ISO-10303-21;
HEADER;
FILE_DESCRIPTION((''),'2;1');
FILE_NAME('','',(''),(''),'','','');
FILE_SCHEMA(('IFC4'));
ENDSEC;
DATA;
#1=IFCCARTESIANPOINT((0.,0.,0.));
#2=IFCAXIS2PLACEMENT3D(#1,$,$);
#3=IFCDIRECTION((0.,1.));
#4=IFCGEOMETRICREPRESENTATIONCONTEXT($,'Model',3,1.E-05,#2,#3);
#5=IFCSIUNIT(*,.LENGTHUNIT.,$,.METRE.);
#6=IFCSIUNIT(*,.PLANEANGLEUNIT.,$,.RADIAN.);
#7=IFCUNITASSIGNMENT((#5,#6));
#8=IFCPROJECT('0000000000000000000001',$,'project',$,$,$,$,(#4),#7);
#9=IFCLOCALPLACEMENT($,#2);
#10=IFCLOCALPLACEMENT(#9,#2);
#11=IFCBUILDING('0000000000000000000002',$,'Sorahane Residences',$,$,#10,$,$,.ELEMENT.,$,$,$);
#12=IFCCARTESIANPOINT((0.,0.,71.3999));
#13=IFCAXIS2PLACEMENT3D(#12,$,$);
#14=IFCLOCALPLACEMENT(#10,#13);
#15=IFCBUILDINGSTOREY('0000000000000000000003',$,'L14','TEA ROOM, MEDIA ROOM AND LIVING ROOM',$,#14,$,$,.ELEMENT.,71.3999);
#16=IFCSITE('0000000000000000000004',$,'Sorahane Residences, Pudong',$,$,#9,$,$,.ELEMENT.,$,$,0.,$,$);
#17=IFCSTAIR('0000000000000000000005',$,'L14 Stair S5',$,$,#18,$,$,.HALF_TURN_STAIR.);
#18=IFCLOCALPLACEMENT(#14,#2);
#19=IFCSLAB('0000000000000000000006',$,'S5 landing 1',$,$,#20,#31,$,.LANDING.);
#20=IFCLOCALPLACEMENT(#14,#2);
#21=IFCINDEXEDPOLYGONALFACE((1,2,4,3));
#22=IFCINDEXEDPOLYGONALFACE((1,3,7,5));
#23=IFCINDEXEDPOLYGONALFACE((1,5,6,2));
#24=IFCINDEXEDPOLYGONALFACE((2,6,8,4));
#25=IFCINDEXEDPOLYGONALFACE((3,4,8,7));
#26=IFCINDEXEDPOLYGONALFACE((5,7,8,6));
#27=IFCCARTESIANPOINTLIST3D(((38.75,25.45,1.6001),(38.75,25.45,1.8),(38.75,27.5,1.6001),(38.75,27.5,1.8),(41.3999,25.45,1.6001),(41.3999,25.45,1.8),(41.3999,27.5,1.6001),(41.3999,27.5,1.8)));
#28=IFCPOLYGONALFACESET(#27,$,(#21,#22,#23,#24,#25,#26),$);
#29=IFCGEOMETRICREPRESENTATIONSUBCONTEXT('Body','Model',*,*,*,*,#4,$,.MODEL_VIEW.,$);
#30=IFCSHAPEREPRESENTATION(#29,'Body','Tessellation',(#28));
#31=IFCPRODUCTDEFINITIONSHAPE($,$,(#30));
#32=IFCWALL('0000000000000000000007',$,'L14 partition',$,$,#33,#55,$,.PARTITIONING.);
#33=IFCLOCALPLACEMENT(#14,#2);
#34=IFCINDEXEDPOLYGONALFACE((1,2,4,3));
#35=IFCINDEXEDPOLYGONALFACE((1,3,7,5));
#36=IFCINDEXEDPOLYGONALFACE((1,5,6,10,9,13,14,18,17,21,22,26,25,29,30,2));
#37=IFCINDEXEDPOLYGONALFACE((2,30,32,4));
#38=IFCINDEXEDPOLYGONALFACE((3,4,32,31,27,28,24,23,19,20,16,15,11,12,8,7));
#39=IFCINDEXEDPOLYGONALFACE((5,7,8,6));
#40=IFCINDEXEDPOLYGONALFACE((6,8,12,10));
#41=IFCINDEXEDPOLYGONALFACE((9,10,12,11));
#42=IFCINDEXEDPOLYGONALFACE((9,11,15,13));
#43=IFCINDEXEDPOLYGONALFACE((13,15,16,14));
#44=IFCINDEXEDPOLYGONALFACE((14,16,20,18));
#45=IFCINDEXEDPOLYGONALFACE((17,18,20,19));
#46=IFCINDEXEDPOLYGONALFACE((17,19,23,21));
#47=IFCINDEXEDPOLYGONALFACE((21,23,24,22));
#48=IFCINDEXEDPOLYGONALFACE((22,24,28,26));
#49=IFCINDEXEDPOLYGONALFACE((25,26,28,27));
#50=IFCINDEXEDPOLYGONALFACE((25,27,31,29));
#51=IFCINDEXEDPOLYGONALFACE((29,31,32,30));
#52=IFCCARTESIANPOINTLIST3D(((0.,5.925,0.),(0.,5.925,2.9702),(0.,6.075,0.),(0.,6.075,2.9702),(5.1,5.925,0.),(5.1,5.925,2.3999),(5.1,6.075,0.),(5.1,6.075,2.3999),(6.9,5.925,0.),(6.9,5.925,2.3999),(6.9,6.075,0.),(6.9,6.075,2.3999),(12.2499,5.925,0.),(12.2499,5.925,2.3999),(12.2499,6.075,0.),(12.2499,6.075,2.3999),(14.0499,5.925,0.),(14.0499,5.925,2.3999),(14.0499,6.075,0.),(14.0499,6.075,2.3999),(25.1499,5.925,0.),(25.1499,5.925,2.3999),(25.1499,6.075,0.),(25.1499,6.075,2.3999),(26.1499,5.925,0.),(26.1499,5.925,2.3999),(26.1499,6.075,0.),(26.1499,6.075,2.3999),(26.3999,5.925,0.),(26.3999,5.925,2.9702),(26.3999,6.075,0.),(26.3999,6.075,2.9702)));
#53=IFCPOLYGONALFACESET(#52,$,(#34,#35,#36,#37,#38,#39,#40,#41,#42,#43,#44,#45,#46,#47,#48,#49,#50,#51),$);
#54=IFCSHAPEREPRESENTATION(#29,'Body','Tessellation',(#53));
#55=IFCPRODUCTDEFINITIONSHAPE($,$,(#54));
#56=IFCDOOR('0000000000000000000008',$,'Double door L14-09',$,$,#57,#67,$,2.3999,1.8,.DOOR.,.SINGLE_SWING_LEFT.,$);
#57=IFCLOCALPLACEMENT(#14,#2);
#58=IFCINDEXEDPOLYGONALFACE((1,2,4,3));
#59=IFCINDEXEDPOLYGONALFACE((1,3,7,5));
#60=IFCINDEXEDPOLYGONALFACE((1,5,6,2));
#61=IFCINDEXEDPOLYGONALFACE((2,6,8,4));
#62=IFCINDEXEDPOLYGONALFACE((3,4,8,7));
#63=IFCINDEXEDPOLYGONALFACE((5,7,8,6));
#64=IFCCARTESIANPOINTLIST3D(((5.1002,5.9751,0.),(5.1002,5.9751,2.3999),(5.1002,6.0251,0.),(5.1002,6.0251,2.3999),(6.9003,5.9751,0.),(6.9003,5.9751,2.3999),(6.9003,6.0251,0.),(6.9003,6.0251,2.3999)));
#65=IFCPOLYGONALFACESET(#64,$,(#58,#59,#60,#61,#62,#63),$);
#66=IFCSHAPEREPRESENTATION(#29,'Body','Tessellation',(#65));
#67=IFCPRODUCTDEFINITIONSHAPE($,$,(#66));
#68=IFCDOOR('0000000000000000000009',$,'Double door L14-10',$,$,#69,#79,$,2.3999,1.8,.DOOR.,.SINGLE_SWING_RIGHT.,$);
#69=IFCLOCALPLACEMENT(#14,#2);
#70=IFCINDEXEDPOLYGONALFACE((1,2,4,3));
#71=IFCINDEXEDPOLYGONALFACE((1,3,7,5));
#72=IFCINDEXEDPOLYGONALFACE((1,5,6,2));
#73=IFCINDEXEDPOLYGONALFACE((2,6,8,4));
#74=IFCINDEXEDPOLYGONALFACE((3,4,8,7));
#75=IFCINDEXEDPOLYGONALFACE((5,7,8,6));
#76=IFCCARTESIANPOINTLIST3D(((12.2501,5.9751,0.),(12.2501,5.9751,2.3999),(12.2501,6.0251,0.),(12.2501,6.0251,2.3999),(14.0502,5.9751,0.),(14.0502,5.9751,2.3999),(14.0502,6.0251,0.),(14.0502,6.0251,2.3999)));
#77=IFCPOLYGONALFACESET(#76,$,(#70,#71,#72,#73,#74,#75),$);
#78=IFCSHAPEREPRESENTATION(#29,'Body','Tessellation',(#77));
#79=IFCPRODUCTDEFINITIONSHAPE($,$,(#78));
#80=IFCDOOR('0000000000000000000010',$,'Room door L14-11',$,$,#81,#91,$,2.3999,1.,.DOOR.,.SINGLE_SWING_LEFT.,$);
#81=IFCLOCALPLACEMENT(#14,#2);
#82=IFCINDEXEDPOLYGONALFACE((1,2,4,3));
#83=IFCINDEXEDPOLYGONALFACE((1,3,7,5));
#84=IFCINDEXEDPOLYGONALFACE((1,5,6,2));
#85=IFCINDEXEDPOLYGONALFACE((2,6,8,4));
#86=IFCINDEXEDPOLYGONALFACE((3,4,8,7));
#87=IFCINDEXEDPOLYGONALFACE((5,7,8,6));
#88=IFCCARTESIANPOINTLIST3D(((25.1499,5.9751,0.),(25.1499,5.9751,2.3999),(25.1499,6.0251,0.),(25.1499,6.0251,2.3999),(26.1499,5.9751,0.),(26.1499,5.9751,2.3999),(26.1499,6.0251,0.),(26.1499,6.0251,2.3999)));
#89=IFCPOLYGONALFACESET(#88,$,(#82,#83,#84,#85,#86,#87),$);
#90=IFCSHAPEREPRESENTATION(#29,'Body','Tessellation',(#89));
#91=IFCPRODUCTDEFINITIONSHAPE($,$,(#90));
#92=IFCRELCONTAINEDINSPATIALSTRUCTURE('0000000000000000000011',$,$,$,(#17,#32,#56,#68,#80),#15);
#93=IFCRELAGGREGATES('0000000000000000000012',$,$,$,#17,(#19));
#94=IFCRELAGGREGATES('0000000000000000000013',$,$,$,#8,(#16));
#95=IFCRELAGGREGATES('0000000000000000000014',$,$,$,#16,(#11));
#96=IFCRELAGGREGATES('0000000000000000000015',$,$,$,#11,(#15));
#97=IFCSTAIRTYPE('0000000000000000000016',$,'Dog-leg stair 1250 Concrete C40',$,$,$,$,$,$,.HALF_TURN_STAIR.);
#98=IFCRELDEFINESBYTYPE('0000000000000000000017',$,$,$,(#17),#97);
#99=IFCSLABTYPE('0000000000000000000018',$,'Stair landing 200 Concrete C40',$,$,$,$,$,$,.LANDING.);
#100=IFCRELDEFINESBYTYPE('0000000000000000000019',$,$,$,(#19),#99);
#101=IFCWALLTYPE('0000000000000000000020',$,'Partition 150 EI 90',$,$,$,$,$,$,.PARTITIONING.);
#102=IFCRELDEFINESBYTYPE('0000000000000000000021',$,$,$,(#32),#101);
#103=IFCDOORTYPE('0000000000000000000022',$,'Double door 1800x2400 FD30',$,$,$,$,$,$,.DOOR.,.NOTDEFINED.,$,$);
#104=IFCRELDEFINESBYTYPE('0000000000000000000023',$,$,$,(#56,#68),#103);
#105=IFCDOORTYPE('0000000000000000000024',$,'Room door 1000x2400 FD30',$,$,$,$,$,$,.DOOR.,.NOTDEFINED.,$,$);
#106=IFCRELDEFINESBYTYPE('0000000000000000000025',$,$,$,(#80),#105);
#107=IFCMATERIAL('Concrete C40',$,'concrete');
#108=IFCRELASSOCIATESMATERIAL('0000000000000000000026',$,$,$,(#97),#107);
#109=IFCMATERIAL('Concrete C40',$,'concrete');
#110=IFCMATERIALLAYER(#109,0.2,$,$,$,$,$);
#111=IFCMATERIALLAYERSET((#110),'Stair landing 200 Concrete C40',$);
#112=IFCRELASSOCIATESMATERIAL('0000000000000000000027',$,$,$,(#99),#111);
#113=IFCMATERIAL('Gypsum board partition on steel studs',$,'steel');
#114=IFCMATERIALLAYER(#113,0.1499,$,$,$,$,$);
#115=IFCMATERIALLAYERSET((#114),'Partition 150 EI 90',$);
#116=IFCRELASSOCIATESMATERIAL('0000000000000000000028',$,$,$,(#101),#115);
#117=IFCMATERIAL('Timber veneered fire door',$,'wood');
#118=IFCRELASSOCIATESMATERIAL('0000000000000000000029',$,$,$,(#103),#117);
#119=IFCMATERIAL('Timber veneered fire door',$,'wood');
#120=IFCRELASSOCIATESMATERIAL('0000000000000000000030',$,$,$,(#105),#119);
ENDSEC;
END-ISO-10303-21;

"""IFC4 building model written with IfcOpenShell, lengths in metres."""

from ifc_helpers import new_model, si_unit, direction, frame, frame_2d, origin, place, context, subcontext, project, spatial, polyline, rectangle, outline, extrude, material, layer, layer_set, type_object, element, fill, aggregate, save


model = new_model("IFC4")

# Units and contexts
model_context = context("Model", 3, precision=1e-05, world=origin(), true_north=direction((0.0, 1.0)))
body_context = subcontext(model_context, "Body", "Model", "MODEL_VIEW")
ifc_project = project(units=[si_unit("LENGTHUNIT", "METRE"), si_unit("PLANEANGLEUNIT", "RADIAN")], contexts=[model_context])

# Site, building, storey
site_placement = place(None, origin())
site = spatial("IfcSite", under=ifc_project, at=site_placement, Name="Sorahane Residences, Pudong", CompositionType="ELEMENT", RefElevation=0.0)
building_placement = place(site_placement, origin())
building = spatial("IfcBuilding", under=site, at=building_placement, Name="Sorahane Residences", CompositionType="ELEMENT")
storey_placement = place(building_placement, frame((0.0, 0.0, 71.3999)))
storey = spatial("IfcBuildingStorey", under=building, at=storey_placement, Name="L14", Description="TEA ROOM, MEDIA ROOM AND LIVING ROOM", CompositionType="ELEMENT", Elevation=71.3999)

# Stair, slab
ifc_material_1 = material(Name="Concrete C40", Category="concrete")
stair_type = type_object("IfcStairType", Name="Dog-leg stair 1250 Concrete C40", PredefinedType="HALF_TURN_STAIR", material=ifc_material_1)
ifc_material_2 = material(Name="Concrete C40", Category="concrete")
ifc_layer_1 = layer(ifc_material_2, 0.2)
ifc_layer_set_1 = layer_set([ifc_layer_1], Name="Stair landing 200 Concrete C40")
slab_type_1 = type_object("IfcSlabType", Name="Stair landing 200 Concrete C40", PredefinedType="LANDING", material=ifc_layer_set_1)
stair_1_placement = place(storey_placement, origin())
stair_1 = element("IfcStair", 1, at=stair_1_placement, inside=storey, type_object=stair_type, Name="L14 Stair S5", PredefinedType="HALF_TURN_STAIR")
slab_1_placement = place(storey_placement, frame((0.0, 0.0, 1.6001)))
slab_1 = element("IfcSlab", 2, at=slab_1_placement, type_object=slab_type_1, Name="S5 landing 1", PredefinedType="LANDING", context=body_context, shape_type="SweptSolid", body=[
    extrude(outline(polyline([(41.3999, 25.45), (41.3999, 27.5), (38.75, 27.5), (38.75, 25.45), (41.3999, 25.45)])), origin(), (0.0, 0.0, 1.0), 0.2),
])
aggregate(stair_1, [slab_1])

# Wall, openings, doors
ifc_material_3 = material(Name="Gypsum board partition on steel studs", Category="steel")
ifc_layer_2 = layer(ifc_material_3, 0.1499)
ifc_layer_set_2 = layer_set([ifc_layer_2], Name="Partition 150 EI 90")
wall_type = type_object("IfcWallType", Name="Partition 150 EI 90", PredefinedType="PARTITIONING", material=ifc_layer_set_2)
wall_placement = place(storey_placement, frame((0.0, 6.0, 0.0), z_axis=(0.0, 0.0, 1.0), x_axis=(1.0, 0.0, 0.0)))
wall = element("IfcWall", 3, at=wall_placement, inside=storey, type_object=wall_type, Name="L14 partition", PredefinedType="PARTITIONING", context=body_context, shape_type="SweptSolid", body=[
    extrude(rectangle(XDim=26.3999, YDim=0.1499, at=frame_2d((13.2, 0.0))), origin(), (0.0, 0.0, 1.0), 2.9702),
])
opening_1_placement = place(wall_placement, frame((5.1001, 0.0, 0.0)))
opening_1 = element("IfcOpeningElement", 4, at=opening_1_placement, cuts=wall, PredefinedType="OPENING", context=body_context, shape_type="SweptSolid", body=[
    extrude(rectangle(XDim=1.8, YDim=2.3999, at=frame_2d((0.8999, 1.2))), frame((0.0, 0.085, 0.0), z_axis=(0.0, -1.0, 0.0), x_axis=(1.0, 0.0, 0.0)), (0.0, 0.0, 1.0), 0.1699),
])
opening_2_placement = place(wall_placement, frame((12.25, 0.0, 0.0)))
opening_2 = element("IfcOpeningElement", 5, at=opening_2_placement, cuts=wall, PredefinedType="OPENING", context=body_context, shape_type="SweptSolid", body=[
    extrude(rectangle(XDim=1.8, YDim=2.3999, at=frame_2d((0.8999, 1.2))), frame((0.0, 0.085, 0.0), z_axis=(0.0, -1.0, 0.0), x_axis=(1.0, 0.0, 0.0)), (0.0, 0.0, 1.0), 0.1699),
])
opening_3_placement = place(wall_placement, frame((25.1499, 0.0, 0.0)))
opening_3 = element("IfcOpeningElement", 6, at=opening_3_placement, cuts=wall, PredefinedType="OPENING", context=body_context, shape_type="SweptSolid", body=[
    extrude(rectangle(XDim=1.0, YDim=2.3999, at=frame_2d((0.5, 1.2))), frame((0.0, 0.085, 0.0), z_axis=(0.0, -1.0, 0.0), x_axis=(1.0, 0.0, 0.0)), (0.0, 0.0, 1.0), 0.1699),
])
ifc_material_4 = material(Name="Timber veneered fire door", Category="wood")
door_type_1 = type_object("IfcDoorType", Name="Double door 1800x2400 FD30", OperationType="NOTDEFINED", PredefinedType="DOOR", material=ifc_material_4)
door_1_placement = place(opening_1_placement, frame((1.8, 0.0, 0.0), z_axis=(0.0, 0.0, 1.0), x_axis=(-1.0, 0.0, 0.0)))
door_1 = element("IfcDoor", 7, at=door_1_placement, inside=storey, type_object=door_type_1, Name="Double door L14-09", OperationType="SINGLE_SWING_LEFT", OverallHeight=2.3999, OverallWidth=1.8, PredefinedType="DOOR", context=body_context, shape_type="SweptSolid", body=[
    extrude(rectangle(XDim=1.8, YDim=2.3999, at=frame_2d((0.8999, 1.2))), frame((0.0, 0.0249, 0.0), z_axis=(0.0, -1.0, 0.0), x_axis=(1.0, 0.0, 0.0)), (0.0, 0.0, 1.0), 0.05),
])
fill(opening_1, door_1)
door_2_placement = place(opening_2_placement, frame((1.8, 0.0, 0.0), z_axis=(0.0, 0.0, 1.0), x_axis=(-1.0, 0.0, 0.0)))
door_2 = element("IfcDoor", 8, at=door_2_placement, inside=storey, type_object=door_type_1, Name="Double door L14-10", OperationType="SINGLE_SWING_RIGHT", OverallHeight=2.3999, OverallWidth=1.8, PredefinedType="DOOR", context=body_context, shape_type="SweptSolid", body=[
    extrude(rectangle(XDim=1.8, YDim=2.3999, at=frame_2d((0.8999, 1.2))), frame((0.0, 0.0249, 0.0), z_axis=(0.0, -1.0, 0.0), x_axis=(1.0, 0.0, 0.0)), (0.0, 0.0, 1.0), 0.05),
])
fill(opening_2, door_2)
ifc_material_5 = material(Name="Timber veneered fire door", Category="wood")
door_type_2 = type_object("IfcDoorType", Name="Room door 1000x2400 FD30", OperationType="NOTDEFINED", PredefinedType="DOOR", material=ifc_material_5)
door_3_placement = place(opening_3_placement, frame((1.0, 0.0, 0.0), z_axis=(0.0, 0.0, 1.0), x_axis=(-1.0, 0.0, 0.0)))
door_3 = element("IfcDoor", 9, at=door_3_placement, inside=storey, type_object=door_type_2, Name="Room door L14-11", OperationType="SINGLE_SWING_LEFT", OverallHeight=2.3999, OverallWidth=1.0, PredefinedType="DOOR", context=body_context, shape_type="SweptSolid", body=[
    extrude(rectangle(XDim=1.0, YDim=2.3999, at=frame_2d((0.5, 1.2))), frame((0.0, 0.0249, 0.0), z_axis=(0.0, -1.0, 0.0), x_axis=(1.0, 0.0, 0.0)), (0.0, 0.0, 1.0), 0.05),
])
fill(opening_3, door_3)

save(model, "model.ifc")
